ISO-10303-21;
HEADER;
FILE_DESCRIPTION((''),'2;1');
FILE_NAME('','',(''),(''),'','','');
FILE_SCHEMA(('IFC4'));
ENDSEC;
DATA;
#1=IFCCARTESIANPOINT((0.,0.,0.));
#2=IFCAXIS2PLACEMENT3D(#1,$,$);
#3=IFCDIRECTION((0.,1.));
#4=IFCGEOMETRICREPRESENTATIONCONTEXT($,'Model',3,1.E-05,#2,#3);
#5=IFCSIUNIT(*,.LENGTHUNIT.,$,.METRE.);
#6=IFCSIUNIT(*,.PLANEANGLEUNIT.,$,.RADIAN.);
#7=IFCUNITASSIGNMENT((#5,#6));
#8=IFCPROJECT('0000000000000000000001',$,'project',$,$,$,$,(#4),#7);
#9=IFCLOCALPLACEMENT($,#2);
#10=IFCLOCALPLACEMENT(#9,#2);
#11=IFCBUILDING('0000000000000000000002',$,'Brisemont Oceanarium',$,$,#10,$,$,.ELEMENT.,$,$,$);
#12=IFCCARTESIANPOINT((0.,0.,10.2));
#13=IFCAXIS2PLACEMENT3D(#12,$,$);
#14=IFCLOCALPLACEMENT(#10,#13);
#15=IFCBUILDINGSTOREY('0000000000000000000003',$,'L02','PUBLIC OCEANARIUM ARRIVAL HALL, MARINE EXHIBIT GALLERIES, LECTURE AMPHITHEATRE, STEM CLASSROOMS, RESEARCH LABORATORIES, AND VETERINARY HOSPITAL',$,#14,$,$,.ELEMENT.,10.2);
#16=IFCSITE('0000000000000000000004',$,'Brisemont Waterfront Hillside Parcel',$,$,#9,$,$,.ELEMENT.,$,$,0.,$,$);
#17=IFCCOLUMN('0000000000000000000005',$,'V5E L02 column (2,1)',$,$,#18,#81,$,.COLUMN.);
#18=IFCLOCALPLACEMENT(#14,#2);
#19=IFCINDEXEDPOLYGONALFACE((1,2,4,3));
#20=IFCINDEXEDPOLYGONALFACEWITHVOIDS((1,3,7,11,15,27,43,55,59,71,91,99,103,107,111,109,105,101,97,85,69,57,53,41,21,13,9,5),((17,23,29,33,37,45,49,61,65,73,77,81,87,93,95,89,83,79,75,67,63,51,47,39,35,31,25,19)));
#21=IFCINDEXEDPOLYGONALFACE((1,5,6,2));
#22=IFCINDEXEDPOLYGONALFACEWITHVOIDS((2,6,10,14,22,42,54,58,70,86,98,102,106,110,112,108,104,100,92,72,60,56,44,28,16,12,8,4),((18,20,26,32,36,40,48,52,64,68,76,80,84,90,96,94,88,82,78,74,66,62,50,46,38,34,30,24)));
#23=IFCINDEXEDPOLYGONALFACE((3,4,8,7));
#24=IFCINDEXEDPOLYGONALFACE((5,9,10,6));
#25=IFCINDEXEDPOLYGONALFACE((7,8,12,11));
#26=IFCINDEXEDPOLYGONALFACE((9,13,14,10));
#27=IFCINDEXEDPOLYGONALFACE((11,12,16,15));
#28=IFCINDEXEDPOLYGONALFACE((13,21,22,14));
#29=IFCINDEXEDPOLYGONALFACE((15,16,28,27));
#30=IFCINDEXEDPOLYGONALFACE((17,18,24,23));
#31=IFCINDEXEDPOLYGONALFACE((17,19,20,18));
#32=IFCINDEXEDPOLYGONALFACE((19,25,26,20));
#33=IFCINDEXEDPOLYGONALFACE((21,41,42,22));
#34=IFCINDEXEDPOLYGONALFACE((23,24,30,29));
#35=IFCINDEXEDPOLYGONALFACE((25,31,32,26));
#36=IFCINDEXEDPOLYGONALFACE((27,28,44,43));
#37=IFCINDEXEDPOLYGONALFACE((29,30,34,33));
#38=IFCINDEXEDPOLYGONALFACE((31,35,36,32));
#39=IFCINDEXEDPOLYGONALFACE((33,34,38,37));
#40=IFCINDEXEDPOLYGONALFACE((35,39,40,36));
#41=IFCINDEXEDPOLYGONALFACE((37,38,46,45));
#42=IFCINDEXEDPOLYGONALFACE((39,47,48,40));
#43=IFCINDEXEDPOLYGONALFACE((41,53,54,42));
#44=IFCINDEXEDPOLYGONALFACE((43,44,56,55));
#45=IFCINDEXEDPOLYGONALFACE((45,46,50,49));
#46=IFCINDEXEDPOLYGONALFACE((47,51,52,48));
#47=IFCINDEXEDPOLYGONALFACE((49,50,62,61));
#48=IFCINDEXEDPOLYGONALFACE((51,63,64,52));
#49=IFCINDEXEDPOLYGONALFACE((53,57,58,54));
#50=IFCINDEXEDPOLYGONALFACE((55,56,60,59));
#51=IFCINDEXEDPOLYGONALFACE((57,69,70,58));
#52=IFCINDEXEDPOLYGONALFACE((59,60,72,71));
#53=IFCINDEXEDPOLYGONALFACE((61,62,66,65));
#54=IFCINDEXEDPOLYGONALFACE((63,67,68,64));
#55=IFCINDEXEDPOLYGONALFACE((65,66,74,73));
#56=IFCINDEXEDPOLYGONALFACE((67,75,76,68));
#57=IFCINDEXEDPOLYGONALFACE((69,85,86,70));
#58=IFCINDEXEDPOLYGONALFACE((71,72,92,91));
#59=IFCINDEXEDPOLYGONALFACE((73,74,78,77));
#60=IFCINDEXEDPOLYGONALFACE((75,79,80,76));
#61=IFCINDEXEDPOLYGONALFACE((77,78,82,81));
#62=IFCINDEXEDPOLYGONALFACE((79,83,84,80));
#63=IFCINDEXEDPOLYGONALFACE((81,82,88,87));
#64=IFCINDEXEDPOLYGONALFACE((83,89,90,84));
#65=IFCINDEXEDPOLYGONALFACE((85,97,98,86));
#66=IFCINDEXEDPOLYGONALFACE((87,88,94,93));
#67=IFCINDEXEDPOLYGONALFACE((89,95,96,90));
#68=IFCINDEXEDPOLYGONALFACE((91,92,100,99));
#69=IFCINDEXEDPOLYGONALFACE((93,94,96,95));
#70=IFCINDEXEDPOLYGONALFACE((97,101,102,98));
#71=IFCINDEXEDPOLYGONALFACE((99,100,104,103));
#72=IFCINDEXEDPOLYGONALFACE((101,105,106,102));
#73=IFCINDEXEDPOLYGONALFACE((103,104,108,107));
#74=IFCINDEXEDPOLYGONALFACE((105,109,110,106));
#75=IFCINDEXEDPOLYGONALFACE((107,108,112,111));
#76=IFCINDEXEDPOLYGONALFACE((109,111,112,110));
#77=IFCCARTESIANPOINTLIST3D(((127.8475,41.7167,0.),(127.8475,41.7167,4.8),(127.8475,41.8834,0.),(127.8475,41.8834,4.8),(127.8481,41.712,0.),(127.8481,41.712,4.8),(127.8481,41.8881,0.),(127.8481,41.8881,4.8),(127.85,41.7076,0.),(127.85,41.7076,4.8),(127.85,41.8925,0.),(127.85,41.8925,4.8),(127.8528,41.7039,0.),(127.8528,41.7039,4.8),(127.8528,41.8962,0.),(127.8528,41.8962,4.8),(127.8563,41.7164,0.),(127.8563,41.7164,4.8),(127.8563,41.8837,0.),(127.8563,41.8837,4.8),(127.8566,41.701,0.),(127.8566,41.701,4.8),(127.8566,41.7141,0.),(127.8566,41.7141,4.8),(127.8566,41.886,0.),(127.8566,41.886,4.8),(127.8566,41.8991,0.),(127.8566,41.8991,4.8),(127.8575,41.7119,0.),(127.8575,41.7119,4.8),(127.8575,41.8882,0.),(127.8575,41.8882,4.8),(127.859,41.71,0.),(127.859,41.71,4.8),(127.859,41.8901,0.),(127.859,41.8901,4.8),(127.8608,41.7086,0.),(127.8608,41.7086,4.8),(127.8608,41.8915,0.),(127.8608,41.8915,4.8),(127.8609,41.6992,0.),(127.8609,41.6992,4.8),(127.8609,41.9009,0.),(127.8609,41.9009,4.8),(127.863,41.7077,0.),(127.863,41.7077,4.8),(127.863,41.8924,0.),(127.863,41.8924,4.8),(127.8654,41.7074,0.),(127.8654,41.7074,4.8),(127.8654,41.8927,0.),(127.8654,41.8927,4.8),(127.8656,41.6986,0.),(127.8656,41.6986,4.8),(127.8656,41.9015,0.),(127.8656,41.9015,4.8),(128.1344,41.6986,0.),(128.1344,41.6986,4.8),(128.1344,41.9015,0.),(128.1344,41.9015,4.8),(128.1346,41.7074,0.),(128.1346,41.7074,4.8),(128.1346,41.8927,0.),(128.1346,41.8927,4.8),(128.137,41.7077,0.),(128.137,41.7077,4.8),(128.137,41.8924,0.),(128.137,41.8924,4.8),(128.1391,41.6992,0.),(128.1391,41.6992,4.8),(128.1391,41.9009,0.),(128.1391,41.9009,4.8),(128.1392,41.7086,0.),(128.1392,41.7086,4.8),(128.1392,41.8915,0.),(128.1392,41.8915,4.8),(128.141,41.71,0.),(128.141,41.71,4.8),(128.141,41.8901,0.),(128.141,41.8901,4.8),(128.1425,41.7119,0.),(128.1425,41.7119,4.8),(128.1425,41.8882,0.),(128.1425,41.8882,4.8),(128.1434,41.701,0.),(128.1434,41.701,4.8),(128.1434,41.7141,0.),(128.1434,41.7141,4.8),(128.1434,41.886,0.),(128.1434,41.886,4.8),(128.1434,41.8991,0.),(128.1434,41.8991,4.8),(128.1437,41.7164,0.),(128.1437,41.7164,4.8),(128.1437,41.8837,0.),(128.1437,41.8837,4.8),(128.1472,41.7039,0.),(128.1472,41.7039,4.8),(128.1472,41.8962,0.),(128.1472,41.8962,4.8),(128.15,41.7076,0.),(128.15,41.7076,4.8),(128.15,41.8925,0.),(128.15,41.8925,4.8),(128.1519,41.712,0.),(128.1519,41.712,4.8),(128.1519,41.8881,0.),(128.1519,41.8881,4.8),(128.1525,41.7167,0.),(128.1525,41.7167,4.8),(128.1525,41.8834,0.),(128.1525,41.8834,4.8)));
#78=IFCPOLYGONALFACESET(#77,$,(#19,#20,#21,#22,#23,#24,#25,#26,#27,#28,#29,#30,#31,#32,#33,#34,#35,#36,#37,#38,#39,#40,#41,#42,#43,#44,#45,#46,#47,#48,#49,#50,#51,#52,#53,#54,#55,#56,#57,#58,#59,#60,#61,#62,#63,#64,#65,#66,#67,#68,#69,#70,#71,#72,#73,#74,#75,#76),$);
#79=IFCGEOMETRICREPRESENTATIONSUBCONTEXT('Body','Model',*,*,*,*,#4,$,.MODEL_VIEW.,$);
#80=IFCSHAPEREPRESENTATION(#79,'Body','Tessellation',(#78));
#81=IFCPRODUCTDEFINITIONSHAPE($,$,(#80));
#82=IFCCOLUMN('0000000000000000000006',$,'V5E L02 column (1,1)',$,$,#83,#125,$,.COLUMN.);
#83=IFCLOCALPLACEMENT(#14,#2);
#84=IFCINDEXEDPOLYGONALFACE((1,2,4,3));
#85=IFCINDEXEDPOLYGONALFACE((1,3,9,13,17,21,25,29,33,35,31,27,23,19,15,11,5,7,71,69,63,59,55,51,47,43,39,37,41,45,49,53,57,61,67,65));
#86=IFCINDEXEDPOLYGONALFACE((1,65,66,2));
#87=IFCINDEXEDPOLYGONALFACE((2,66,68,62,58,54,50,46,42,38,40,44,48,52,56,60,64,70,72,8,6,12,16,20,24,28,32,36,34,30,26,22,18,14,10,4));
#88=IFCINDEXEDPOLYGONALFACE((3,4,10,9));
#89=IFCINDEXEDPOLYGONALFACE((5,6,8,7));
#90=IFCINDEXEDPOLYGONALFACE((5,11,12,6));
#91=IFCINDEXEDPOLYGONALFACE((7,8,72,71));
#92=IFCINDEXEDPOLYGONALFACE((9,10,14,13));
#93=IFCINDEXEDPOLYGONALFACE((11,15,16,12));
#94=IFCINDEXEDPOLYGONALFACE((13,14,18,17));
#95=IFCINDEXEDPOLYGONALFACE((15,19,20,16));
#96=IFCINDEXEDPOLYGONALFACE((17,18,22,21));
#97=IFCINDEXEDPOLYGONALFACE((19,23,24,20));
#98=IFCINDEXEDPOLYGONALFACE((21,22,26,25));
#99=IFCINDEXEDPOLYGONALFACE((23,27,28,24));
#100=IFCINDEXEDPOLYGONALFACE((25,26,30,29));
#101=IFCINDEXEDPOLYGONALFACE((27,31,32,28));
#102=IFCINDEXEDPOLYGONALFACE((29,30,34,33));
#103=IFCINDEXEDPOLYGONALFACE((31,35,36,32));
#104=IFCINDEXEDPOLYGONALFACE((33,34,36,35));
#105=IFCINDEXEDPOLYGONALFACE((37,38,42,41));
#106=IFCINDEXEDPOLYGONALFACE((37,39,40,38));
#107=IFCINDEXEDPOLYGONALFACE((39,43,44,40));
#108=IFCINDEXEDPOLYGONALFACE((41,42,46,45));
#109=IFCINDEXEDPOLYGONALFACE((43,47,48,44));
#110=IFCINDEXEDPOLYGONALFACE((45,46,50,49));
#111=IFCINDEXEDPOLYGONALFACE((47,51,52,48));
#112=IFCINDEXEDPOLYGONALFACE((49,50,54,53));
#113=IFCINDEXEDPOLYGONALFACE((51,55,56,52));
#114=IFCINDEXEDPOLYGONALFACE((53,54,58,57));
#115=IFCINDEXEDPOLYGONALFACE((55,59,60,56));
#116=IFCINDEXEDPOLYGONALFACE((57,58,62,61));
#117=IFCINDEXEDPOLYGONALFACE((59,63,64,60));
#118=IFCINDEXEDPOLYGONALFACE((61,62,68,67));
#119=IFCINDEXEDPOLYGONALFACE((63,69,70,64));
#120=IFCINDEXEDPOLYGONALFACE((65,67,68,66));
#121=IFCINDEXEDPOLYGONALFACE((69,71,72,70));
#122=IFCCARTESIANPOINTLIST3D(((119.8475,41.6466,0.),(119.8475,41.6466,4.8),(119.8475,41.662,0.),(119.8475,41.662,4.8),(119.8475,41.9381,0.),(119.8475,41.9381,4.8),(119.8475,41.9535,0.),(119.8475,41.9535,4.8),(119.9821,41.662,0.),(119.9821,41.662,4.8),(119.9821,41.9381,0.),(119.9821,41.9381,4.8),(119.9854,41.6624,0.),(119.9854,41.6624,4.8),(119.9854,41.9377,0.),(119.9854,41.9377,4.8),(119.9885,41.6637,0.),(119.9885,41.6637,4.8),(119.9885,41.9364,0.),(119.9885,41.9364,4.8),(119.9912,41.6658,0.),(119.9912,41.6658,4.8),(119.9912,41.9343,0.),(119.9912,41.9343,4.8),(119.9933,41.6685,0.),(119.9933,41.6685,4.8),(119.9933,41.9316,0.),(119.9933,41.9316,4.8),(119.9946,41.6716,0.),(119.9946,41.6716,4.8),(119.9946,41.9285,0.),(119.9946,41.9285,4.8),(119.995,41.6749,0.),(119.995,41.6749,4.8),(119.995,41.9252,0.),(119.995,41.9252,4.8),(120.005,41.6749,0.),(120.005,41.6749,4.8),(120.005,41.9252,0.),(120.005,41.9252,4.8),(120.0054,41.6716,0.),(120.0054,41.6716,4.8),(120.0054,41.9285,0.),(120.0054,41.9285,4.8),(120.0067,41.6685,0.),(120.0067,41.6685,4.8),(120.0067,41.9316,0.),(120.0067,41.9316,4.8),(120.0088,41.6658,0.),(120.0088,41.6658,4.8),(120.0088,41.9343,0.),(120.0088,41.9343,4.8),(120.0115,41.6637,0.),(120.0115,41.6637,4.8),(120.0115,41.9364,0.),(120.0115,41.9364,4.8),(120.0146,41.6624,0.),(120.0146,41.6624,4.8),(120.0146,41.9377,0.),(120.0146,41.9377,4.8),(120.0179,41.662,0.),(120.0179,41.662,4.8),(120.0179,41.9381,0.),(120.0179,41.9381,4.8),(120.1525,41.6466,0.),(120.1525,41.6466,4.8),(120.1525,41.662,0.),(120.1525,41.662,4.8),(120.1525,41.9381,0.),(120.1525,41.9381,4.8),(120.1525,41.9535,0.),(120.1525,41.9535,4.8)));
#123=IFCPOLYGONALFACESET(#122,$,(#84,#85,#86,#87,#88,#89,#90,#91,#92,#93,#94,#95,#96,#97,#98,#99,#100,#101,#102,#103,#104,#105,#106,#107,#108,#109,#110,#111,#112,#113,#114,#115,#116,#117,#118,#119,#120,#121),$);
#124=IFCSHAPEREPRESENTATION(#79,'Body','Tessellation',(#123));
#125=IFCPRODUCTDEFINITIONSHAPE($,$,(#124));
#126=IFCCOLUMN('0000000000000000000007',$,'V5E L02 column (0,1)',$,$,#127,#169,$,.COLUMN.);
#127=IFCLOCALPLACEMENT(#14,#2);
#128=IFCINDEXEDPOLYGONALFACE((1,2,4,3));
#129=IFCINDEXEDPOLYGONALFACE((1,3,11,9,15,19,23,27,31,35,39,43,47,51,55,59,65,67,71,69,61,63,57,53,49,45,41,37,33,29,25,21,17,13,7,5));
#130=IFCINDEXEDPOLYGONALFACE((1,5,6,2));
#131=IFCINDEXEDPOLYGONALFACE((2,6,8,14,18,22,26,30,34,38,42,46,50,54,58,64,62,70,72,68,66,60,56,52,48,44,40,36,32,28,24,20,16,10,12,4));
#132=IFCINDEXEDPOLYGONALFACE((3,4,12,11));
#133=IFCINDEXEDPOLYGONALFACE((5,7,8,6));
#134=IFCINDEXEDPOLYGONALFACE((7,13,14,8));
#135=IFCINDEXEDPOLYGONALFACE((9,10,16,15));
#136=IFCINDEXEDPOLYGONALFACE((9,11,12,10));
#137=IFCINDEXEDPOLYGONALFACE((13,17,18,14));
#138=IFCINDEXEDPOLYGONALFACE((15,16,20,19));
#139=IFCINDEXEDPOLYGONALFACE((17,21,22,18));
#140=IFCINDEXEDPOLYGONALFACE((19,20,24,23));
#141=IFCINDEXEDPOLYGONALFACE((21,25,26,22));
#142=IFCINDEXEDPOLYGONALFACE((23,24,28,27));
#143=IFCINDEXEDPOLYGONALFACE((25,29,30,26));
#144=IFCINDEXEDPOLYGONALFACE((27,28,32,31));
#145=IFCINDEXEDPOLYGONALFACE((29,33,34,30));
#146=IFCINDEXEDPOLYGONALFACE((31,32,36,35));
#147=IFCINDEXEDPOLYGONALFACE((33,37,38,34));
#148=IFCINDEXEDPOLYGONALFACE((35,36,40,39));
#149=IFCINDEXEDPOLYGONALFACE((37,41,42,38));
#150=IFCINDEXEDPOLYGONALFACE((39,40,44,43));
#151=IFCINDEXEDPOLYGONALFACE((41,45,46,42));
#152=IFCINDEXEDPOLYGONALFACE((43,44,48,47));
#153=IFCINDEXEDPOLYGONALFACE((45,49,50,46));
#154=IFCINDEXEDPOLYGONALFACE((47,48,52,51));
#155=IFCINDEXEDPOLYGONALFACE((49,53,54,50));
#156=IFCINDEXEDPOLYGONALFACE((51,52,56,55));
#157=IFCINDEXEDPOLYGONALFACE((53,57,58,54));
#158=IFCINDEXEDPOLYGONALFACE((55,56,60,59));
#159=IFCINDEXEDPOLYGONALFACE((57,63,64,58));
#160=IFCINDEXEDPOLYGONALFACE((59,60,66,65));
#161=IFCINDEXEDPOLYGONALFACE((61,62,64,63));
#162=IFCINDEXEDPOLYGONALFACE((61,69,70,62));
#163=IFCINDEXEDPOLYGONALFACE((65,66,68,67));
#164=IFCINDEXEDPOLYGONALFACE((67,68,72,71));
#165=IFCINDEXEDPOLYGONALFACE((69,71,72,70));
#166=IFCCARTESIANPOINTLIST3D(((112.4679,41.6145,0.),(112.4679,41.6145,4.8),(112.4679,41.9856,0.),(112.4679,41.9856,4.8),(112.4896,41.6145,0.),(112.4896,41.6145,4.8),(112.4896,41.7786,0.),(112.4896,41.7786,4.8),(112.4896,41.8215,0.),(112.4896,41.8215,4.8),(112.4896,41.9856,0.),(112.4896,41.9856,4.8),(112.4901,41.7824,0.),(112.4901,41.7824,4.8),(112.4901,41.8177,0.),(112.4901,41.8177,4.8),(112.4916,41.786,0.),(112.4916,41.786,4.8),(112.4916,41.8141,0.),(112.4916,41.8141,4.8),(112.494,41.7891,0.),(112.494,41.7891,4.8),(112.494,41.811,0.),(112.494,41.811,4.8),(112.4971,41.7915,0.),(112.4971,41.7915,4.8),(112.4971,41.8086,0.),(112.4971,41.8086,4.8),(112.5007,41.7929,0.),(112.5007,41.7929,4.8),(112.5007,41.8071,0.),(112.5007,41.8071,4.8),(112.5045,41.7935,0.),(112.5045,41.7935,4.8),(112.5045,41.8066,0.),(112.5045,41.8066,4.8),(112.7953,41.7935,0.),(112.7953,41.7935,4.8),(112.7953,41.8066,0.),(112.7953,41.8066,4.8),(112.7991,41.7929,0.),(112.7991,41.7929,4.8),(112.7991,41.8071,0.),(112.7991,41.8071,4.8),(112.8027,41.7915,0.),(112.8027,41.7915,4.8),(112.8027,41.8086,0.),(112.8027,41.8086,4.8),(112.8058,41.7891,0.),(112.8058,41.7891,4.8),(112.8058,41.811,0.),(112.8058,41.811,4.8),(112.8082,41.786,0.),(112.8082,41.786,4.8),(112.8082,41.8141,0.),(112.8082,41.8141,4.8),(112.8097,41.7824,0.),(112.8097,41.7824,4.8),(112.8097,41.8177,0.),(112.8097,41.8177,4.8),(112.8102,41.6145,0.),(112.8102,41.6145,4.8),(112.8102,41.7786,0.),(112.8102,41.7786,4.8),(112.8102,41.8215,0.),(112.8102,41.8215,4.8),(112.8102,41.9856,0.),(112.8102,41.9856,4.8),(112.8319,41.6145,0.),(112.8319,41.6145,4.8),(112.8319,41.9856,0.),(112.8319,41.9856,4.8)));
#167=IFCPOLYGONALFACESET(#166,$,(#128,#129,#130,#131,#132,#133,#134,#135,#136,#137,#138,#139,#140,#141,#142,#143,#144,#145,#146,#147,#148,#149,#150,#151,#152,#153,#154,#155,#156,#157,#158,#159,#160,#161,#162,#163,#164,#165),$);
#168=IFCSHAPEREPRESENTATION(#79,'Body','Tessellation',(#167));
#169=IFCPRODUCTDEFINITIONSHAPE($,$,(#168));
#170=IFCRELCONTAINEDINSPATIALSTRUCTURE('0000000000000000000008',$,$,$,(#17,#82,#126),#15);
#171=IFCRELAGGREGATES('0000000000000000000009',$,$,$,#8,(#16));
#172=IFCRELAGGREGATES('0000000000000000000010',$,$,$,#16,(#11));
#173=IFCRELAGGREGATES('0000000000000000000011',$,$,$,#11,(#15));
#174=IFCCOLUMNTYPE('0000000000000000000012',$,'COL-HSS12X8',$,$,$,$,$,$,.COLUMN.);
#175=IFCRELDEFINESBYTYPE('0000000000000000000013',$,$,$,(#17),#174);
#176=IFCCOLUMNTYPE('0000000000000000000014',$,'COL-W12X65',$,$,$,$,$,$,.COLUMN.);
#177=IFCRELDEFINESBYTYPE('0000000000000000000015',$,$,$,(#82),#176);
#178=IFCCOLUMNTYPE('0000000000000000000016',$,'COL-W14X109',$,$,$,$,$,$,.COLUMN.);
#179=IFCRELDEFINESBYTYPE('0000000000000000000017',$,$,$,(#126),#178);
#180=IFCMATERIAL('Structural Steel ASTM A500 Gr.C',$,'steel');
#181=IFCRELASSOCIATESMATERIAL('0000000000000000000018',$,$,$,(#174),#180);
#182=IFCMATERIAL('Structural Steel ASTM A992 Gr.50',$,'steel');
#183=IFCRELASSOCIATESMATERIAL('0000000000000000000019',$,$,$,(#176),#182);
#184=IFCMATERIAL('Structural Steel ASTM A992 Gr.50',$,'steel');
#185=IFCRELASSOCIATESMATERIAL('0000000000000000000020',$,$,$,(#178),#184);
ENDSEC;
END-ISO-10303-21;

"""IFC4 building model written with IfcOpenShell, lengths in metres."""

from ifc_helpers import new_model, si_unit, direction, frame, origin, origin_2d, place, context, subcontext, project, spatial, hollow_rectangle, i_section, extrude, material, material_profile, profile_set, type_object, element, save


model = new_model("IFC4")

# Units and contexts
model_context = context("Model", 3, precision=1e-05, world=origin(), true_north=direction((0.0, 1.0)))
body_context = subcontext(model_context, "Body", "Model", "MODEL_VIEW")
ifc_project = project(units=[si_unit("LENGTHUNIT", "METRE"), si_unit("PLANEANGLEUNIT", "RADIAN")], contexts=[model_context])

# Site, building, storey
site_placement = place(None, origin())
site = spatial("IfcSite", under=ifc_project, at=site_placement, Name="Brisemont Waterfront Hillside Parcel", CompositionType="ELEMENT", RefElevation=0.0)
building_placement = place(site_placement, origin())
building = spatial("IfcBuilding", under=site, at=building_placement, Name="Brisemont Oceanarium", CompositionType="ELEMENT")
storey_placement = place(building_placement, frame((0.0, 0.0, 10.2)))
storey = spatial("IfcBuildingStorey", under=building, at=storey_placement, Name="L02", Description="PUBLIC OCEANARIUM ARRIVAL HALL, MARINE EXHIBIT GALLERIES, LECTURE AMPHITHEATRE, STEM CLASSROOMS, RESEARCH LABORATORIES, AND VETERINARY HOSPITAL", CompositionType="ELEMENT", Elevation=10.2)

# Columns
ifc_material_1 = material(Name="Structural Steel ASTM A500 Gr.C", Category="steel")
ifc_material_profile_1 = material_profile(ifc_material_1, hollow_rectangle(XDim=0.2029, YDim=0.3049, WallThickness=0.0088, InnerFilletRadius=0.009, OuterFilletRadius=0.0181, at=origin_2d()), Name="HSS12X8X3/8")
ifc_profile_set_1 = profile_set([ifc_material_profile_1], Name="Structural Steel ASTM A500 Gr.C")
column_type_1 = type_object("IfcColumnType", Name="COL-HSS12X8", PredefinedType="COLUMN", material=ifc_profile_set_1)
column_1_placement = place(storey_placement, frame((128.0, 41.8, 0.0), z_axis=(0.0, 0.0, 1.0), x_axis=(0.0, 1.0, 0.0)))
element("IfcColumn", 1, at=column_1_placement, inside=storey, type_object=column_type_1, Name="V5E L02 column (2,1)", PredefinedType="COLUMN", context=body_context, shape_type="SweptSolid", body=[
    extrude(hollow_rectangle(XDim=0.2029, YDim=0.3049, WallThickness=0.0088, InnerFilletRadius=0.009, OuterFilletRadius=0.0181, at=origin_2d()), origin(), (0.0, 0.0, 1.0), 4.8),
])
ifc_material_2 = material(Name="Structural Steel ASTM A992 Gr.50", Category="steel")
ifc_material_profile_2 = material_profile(ifc_material_2, i_section(OverallWidth=0.3049, OverallDepth=0.3069, WebThickness=0.01, FlangeThickness=0.0154, FilletRadius=0.0129, at=origin_2d()), Name="W12X65")
ifc_profile_set_2 = profile_set([ifc_material_profile_2], Name="Structural Steel ASTM A992 Gr.50")
column_type_2 = type_object("IfcColumnType", Name="COL-W12X65", PredefinedType="COLUMN", material=ifc_profile_set_2)
column_2_placement = place(storey_placement, frame((120.0, 41.8, 0.0), z_axis=(0.0, 0.0, 1.0), x_axis=(1.0, 0.0, 0.0)))
element("IfcColumn", 2, at=column_2_placement, inside=storey, type_object=column_type_2, Name="V5E L02 column (1,1)", PredefinedType="COLUMN", context=body_context, shape_type="SweptSolid", body=[
    extrude(i_section(OverallWidth=0.3049, OverallDepth=0.3069, WebThickness=0.01, FlangeThickness=0.0154, FilletRadius=0.0129, at=origin_2d()), origin(), (0.0, 0.0, 1.0), 4.8),
])
ifc_material_3 = material(Name="Structural Steel ASTM A992 Gr.50", Category="steel")
ifc_material_profile_3 = material_profile(ifc_material_3, i_section(OverallWidth=0.3711, OverallDepth=0.364, WebThickness=0.0132, FlangeThickness=0.0217, FilletRadius=0.0149, at=origin_2d()), Name="W14X109")
ifc_profile_set_3 = profile_set([ifc_material_profile_3], Name="Structural Steel ASTM A992 Gr.50")
column_type_3 = type_object("IfcColumnType", Name="COL-W14X109", PredefinedType="COLUMN", material=ifc_profile_set_3)
column_3_placement = place(storey_placement, frame((112.6499, 41.8, 0.0), z_axis=(0.0, 0.0, 1.0), x_axis=(0.0, 1.0, 0.0)))
element("IfcColumn", 3, at=column_3_placement, inside=storey, type_object=column_type_3, Name="V5E L02 column (0,1)", PredefinedType="COLUMN", context=body_context, shape_type="SweptSolid", body=[
    extrude(i_section(OverallWidth=0.3711, OverallDepth=0.364, WebThickness=0.0132, FlangeThickness=0.0217, FilletRadius=0.0149, at=origin_2d()), origin(), (0.0, 0.0, 1.0), 4.8),
])

save(model, "model.ifc")
